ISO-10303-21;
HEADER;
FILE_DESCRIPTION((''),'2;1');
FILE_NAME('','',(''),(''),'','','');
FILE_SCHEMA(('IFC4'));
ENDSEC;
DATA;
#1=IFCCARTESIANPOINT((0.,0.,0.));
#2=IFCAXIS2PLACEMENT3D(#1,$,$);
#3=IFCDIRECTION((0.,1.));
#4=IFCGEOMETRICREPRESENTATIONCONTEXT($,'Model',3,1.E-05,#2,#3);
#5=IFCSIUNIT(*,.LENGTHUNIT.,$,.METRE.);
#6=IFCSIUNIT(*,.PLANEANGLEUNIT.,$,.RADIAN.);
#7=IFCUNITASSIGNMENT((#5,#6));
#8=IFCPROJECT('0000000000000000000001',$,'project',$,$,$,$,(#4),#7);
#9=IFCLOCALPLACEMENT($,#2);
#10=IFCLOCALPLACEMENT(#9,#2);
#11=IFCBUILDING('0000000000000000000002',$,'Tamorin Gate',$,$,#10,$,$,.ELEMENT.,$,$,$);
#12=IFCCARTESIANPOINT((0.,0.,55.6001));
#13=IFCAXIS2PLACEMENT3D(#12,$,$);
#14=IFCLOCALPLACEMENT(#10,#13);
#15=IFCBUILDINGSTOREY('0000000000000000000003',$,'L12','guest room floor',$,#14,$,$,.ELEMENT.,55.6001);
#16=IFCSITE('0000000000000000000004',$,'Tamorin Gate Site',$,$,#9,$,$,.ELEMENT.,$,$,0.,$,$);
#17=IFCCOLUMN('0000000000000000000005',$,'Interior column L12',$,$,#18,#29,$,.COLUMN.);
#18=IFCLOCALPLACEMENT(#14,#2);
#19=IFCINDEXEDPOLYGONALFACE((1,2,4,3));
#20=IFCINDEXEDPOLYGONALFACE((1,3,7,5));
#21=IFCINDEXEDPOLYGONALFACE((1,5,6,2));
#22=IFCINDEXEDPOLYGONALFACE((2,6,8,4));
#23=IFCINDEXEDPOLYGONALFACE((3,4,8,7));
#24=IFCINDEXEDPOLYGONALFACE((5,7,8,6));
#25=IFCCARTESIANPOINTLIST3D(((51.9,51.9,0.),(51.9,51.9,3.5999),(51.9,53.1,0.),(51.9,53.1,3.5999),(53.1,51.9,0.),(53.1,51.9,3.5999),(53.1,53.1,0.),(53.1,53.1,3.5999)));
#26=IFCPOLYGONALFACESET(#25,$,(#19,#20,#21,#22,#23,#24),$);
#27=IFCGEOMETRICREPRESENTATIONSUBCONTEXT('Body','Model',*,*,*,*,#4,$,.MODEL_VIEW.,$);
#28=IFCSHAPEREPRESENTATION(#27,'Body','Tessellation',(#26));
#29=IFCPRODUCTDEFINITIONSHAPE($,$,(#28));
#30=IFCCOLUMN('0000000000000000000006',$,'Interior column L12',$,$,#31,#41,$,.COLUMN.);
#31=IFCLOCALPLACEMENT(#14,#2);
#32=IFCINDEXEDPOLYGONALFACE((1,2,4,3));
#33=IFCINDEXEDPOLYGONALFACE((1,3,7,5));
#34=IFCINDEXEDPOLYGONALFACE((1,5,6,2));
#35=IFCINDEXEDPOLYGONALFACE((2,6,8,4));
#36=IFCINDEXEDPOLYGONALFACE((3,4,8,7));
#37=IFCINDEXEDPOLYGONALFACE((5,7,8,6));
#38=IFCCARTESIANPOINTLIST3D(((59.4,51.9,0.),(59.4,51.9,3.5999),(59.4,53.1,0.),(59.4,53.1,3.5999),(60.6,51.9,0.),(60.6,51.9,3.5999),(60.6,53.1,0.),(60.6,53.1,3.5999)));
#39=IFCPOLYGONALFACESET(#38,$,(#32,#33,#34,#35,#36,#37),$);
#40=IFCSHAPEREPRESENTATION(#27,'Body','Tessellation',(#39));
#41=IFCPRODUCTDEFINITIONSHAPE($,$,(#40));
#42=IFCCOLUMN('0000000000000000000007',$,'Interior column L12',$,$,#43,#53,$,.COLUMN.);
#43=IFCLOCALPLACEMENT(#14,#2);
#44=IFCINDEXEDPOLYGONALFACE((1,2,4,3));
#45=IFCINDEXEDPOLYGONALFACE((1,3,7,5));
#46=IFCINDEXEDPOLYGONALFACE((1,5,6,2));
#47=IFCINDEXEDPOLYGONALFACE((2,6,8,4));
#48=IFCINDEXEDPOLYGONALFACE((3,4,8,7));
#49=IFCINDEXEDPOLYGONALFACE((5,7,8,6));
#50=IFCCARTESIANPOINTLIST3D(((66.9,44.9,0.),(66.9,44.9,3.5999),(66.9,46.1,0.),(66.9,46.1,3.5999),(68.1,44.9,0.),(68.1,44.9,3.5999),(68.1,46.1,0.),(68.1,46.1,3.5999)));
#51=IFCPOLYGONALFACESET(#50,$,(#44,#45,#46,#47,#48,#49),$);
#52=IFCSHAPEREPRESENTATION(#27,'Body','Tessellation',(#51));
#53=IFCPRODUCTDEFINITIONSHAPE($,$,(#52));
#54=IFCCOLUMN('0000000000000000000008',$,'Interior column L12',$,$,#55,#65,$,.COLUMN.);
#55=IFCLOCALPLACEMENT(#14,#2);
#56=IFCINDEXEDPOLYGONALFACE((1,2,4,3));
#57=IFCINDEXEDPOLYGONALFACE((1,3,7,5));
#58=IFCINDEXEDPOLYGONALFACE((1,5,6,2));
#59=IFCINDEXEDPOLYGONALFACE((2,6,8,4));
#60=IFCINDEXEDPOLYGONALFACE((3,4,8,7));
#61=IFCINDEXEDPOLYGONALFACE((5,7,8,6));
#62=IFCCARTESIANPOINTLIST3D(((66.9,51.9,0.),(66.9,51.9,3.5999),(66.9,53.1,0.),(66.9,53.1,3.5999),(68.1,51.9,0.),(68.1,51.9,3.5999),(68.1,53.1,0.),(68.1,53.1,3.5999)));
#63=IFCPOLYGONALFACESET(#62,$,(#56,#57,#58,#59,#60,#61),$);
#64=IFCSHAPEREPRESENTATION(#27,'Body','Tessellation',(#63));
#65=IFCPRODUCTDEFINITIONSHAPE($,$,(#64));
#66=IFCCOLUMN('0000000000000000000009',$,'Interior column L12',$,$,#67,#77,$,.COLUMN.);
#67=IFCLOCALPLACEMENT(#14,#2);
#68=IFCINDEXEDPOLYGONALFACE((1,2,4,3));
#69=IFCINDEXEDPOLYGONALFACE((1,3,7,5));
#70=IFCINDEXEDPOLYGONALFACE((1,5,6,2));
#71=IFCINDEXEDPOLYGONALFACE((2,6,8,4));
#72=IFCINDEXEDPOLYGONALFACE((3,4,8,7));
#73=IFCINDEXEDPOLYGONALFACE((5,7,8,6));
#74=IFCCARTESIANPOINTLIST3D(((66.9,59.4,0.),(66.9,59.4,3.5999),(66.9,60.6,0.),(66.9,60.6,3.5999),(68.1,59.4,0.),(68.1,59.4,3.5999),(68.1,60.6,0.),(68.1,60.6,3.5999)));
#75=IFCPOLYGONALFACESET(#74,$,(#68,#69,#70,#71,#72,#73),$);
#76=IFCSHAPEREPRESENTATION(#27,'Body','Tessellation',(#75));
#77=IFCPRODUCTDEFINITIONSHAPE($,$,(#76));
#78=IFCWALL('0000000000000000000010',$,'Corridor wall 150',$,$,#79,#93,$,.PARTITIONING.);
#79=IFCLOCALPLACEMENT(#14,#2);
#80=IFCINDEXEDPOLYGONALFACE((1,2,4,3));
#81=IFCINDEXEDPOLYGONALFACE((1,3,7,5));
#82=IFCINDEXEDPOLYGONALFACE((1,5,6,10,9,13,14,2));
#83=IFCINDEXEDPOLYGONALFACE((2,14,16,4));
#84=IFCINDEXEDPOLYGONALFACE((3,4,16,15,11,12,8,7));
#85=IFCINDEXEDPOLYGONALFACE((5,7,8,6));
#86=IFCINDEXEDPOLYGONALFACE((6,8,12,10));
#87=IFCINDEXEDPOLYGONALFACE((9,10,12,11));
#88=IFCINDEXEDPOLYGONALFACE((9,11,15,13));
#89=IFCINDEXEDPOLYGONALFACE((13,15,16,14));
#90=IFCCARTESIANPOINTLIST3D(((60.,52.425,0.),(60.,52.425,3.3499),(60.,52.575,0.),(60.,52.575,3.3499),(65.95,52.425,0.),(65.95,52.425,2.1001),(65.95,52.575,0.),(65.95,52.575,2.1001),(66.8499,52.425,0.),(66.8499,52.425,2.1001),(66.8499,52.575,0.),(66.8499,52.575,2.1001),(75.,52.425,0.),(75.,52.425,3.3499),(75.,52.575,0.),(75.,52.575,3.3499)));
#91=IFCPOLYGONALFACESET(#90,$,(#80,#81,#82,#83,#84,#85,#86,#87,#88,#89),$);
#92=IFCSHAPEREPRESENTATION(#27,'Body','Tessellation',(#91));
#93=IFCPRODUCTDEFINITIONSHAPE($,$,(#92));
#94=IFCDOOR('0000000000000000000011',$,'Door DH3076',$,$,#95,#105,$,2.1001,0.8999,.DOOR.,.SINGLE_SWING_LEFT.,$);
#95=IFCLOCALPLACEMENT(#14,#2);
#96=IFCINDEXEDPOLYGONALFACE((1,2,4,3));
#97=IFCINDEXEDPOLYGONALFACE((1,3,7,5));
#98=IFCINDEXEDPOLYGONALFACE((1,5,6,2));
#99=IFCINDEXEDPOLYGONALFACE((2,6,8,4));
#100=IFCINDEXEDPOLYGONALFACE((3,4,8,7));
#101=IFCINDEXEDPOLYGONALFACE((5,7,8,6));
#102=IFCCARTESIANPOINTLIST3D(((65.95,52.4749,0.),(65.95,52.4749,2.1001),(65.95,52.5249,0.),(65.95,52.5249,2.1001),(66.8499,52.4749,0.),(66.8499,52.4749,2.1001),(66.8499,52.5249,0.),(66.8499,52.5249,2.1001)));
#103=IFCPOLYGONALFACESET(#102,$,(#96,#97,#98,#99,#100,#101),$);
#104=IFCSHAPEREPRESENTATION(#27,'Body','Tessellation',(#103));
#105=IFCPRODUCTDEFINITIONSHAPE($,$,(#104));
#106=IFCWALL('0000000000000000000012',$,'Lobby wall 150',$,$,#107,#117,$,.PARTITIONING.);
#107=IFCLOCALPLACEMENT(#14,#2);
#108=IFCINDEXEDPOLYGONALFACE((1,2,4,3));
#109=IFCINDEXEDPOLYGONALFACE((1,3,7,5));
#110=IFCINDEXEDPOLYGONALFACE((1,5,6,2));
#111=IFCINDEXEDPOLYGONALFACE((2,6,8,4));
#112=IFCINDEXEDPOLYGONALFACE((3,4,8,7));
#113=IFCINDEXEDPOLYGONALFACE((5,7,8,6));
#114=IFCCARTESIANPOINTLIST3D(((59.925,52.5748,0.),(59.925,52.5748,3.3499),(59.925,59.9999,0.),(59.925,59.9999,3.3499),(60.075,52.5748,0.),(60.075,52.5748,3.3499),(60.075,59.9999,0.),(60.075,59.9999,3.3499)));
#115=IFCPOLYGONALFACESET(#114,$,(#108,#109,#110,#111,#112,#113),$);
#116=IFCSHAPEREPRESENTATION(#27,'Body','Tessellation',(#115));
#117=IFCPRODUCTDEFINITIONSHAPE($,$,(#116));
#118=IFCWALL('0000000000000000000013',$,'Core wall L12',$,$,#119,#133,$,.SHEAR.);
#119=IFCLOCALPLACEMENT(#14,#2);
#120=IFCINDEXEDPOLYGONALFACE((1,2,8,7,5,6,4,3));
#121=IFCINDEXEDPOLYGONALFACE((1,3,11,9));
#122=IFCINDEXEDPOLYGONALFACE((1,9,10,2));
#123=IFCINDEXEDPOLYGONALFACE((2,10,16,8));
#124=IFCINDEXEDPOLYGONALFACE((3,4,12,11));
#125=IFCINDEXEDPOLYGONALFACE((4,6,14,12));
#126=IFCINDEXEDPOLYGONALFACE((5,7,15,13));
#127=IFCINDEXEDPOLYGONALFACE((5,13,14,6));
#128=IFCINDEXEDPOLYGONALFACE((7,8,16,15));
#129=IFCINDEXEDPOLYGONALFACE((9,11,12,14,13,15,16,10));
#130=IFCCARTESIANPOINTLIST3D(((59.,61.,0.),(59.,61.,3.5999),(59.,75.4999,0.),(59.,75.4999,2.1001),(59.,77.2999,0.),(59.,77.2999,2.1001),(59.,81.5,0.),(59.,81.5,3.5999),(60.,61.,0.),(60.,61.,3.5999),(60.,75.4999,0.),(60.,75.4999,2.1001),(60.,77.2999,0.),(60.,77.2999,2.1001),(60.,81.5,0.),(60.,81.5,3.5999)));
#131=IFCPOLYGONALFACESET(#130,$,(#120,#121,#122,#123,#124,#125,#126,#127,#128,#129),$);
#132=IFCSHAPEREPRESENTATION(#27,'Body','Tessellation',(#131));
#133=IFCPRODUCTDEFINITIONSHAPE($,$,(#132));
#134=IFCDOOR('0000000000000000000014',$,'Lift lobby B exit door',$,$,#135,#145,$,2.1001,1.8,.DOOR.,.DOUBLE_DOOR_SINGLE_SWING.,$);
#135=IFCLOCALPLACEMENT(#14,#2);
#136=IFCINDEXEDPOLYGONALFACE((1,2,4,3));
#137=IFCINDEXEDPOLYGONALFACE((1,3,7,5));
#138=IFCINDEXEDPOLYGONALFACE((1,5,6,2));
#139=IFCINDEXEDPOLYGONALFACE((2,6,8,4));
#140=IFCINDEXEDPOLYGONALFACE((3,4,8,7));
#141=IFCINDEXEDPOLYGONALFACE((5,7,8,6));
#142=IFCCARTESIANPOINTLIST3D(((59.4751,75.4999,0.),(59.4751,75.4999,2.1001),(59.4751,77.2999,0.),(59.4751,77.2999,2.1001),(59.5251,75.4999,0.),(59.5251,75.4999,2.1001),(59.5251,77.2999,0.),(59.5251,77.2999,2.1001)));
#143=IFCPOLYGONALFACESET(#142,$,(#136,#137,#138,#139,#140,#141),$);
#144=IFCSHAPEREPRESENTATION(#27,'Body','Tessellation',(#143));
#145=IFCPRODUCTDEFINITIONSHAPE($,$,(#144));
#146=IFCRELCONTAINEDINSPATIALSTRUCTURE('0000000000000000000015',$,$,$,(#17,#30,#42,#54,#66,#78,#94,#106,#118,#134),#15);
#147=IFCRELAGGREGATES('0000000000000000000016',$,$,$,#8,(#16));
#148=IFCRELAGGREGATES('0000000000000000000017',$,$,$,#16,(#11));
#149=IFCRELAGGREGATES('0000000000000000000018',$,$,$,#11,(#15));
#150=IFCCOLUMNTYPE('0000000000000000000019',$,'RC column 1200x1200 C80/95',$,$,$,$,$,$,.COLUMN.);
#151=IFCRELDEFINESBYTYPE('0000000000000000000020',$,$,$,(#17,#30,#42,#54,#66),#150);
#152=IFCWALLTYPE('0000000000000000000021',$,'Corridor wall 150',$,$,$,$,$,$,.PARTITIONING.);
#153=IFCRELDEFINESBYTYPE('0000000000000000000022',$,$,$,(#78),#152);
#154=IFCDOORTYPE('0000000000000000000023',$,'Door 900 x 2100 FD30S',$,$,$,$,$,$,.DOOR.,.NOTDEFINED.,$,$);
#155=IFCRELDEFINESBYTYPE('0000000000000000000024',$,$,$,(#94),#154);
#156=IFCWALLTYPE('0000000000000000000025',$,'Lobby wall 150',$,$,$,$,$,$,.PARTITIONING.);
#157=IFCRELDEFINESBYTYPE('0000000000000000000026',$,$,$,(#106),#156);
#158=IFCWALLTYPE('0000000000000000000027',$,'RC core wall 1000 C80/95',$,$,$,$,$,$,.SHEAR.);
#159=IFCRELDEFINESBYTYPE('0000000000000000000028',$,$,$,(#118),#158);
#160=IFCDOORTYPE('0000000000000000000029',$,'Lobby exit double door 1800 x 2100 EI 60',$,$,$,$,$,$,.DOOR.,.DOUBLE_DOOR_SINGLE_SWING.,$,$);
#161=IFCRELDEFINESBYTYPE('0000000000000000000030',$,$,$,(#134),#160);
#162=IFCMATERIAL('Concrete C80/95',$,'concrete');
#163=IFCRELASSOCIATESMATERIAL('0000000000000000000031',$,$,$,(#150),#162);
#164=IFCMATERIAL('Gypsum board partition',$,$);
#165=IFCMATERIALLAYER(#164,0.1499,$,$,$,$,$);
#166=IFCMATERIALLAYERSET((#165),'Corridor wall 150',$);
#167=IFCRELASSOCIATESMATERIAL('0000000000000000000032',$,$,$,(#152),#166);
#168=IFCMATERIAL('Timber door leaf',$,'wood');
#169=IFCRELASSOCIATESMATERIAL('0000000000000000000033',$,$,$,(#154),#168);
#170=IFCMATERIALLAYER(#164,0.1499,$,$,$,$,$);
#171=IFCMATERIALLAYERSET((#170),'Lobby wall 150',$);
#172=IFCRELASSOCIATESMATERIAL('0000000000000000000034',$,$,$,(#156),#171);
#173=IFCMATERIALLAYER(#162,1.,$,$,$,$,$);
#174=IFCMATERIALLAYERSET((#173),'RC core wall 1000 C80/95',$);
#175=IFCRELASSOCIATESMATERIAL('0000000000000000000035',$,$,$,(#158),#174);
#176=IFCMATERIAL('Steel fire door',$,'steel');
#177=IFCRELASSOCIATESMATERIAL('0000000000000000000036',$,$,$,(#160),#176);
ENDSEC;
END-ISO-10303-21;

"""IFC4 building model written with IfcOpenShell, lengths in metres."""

from ifc_helpers import new_model, si_unit, direction, frame, frame_2d, origin, origin_2d, place, context, subcontext, project, spatial, rectangle, extrude, material, layer, layer_set, material_profile, profile_set, type_object, element, fill, save


model = new_model("IFC4")

# Units and contexts
model_context = context("Model", 3, precision=1e-05, world=origin(), true_north=direction((0.0, 1.0)))
body_context = subcontext(model_context, "Body", "Model", "MODEL_VIEW")
ifc_project = project(units=[si_unit("LENGTHUNIT", "METRE"), si_unit("PLANEANGLEUNIT", "RADIAN")], contexts=[model_context])

# Site, building, storey
site_placement = place(None, origin())
site = spatial("IfcSite", under=ifc_project, at=site_placement, Name="Tamorin Gate Site", CompositionType="ELEMENT", RefElevation=0.0)
building_placement = place(site_placement, origin())
building = spatial("IfcBuilding", under=site, at=building_placement, Name="Tamorin Gate", CompositionType="ELEMENT")
storey_placement = place(building_placement, frame((0.0, 0.0, 55.6001)))
storey = spatial("IfcBuildingStorey", under=building, at=storey_placement, Name="L12", Description="guest room floor", CompositionType="ELEMENT", Elevation=55.6001)

# Columns
ifc_material_1 = material(Name="Concrete C80/95", Category="concrete")
ifc_material_profile = material_profile(ifc_material_1, rectangle(XDim=1.2, YDim=1.2, at=origin_2d()), Name="RC 1200x1200")
ifc_profile_set = profile_set([ifc_material_profile], Name="Concrete C80/95")
column_type = type_object("IfcColumnType", Name="RC column 1200x1200 C80/95", PredefinedType="COLUMN", material=ifc_profile_set)
for number, where, z_axis, x_axis, name in (
    (1, (52.5, 52.5, 0.0), (0.0, 0.0, 1.0), (1.0, 0.0, 0.0), "Interior column L12"),
    (2, (60.0, 52.5, 0.0), (0.0, 0.0, 1.0), (1.0, 0.0, 0.0), "Interior column L12"),
    (3, (67.5, 45.5, 0.0), (0.0, 0.0, 1.0), (1.0, 0.0, 0.0), "Interior column L12"),
    (4, (67.5, 52.5, 0.0), (0.0, 0.0, 1.0), (1.0, 0.0, 0.0), "Interior column L12"),
    (5, (67.5, 60.0, 0.0), (0.0, 0.0, 1.0), (1.0, 0.0, 0.0), "Interior column L12"),
):
    element("IfcColumn", number, at=place(storey_placement, frame(where, z_axis=z_axis, x_axis=x_axis)), inside=storey, type_object=column_type, Name=name, PredefinedType="COLUMN", context=body_context, shape_type="SweptSolid", body=[
        extrude(rectangle(XDim=1.2, YDim=1.2, at=origin_2d()), origin(), (0.0, 0.0, 1.0), 3.5999),
    ])

# Wall, opening, door
ifc_material_2 = material(Name="Gypsum board partition")
ifc_layer_1 = layer(ifc_material_2, 0.1499)
ifc_layer_set_1 = layer_set([ifc_layer_1], Name="Corridor wall 150")
wall_type_1 = type_object("IfcWallType", Name="Corridor wall 150", PredefinedType="PARTITIONING", material=ifc_layer_set_1)
wall_1_placement = place(storey_placement, frame((60.0, 52.5, 0.0), z_axis=(0.0, 0.0, 1.0), x_axis=(1.0, 0.0, 0.0)))
wall_1 = element("IfcWall", 6, at=wall_1_placement, inside=storey, type_object=wall_type_1, Name="Corridor wall 150", PredefinedType="PARTITIONING", context=body_context, shape_type="SweptSolid", body=[
    extrude(rectangle(XDim=15.0, YDim=0.1499, at=frame_2d((7.5, 0.0))), origin(), (0.0, 0.0, 1.0), 3.3499),
])
opening_1_placement = place(wall_1_placement, frame((5.95, 0.0, 0.0)))
opening_1 = element("IfcOpeningElement", 7, at=opening_1_placement, cuts=wall_1, PredefinedType="OPENING", context=body_context, shape_type="SweptSolid", body=[
    extrude(rectangle(XDim=0.8999, YDim=2.1001, at=frame_2d((0.45, 1.05))), frame((0.0, 0.085, 0.0), z_axis=(0.0, -1.0, 0.0), x_axis=(1.0, 0.0, 0.0)), (0.0, 0.0, 1.0), 0.1699),
])
ifc_material_3 = material(Name="Timber door leaf", Category="wood")
door_type_1 = type_object("IfcDoorType", Name="Door 900 x 2100 FD30S", OperationType="NOTDEFINED", PredefinedType="DOOR", material=ifc_material_3)
door_1_placement = place(opening_1_placement, origin())
door_1 = element("IfcDoor", 8, at=door_1_placement, inside=storey, type_object=door_type_1, Name="Door DH3076", OperationType="SINGLE_SWING_LEFT", OverallHeight=2.1001, OverallWidth=0.8999, PredefinedType="DOOR", context=body_context, shape_type="SweptSolid", body=[
    extrude(rectangle(XDim=0.8999, YDim=2.1001, at=frame_2d((0.45, 1.05))), frame((0.0, 0.0249, 0.0), z_axis=(0.0, -1.0, 0.0), x_axis=(1.0, 0.0, 0.0)), (0.0, 0.0, 1.0), 0.05),
])
fill(opening_1, door_1)

# Wall
ifc_layer_2 = layer(ifc_material_2, 0.1499)
ifc_layer_set_2 = layer_set([ifc_layer_2], Name="Lobby wall 150")
wall_type_2 = type_object("IfcWallType", Name="Lobby wall 150", PredefinedType="PARTITIONING", material=ifc_layer_set_2)
wall_2_placement = place(storey_placement, frame((60.0, 52.575, 0.0), z_axis=(0.0, 0.0, 1.0), x_axis=(0.0, 1.0, 0.0)))
element("IfcWall", 9, at=wall_2_placement, inside=storey, type_object=wall_type_2, Name="Lobby wall 150", PredefinedType="PARTITIONING", context=body_context, shape_type="SweptSolid", body=[
    extrude(rectangle(XDim=7.425, YDim=0.1499, at=frame_2d((3.7124, 0.0))), origin(), (0.0, 0.0, 1.0), 3.3499),
])

# Wall, opening, door
ifc_layer_3 = layer(ifc_material_1, 1.0)
ifc_layer_set_3 = layer_set([ifc_layer_3], Name="RC core wall 1000 C80/95")
wall_type_3 = type_object("IfcWallType", Name="RC core wall 1000 C80/95", PredefinedType="SHEAR", material=ifc_layer_set_3)
wall_3_placement = place(storey_placement, frame((59.5, 61.0, 0.0), z_axis=(0.0, 0.0, 1.0), x_axis=(0.0, 1.0, 0.0)))
wall_3 = element("IfcWall", 10, at=wall_3_placement, inside=storey, type_object=wall_type_3, Name="Core wall L12", PredefinedType="SHEAR", context=body_context, shape_type="SweptSolid", body=[
    extrude(rectangle(XDim=20.5, YDim=1.0, at=frame_2d((10.25, 0.0))), origin(), (0.0, 0.0, 1.0), 3.5999),
])
opening_2_placement = place(wall_3_placement, frame((14.5, 0.0, 0.0)))
opening_2 = element("IfcOpeningElement", 11, at=opening_2_placement, cuts=wall_3, PredefinedType="OPENING", context=body_context, shape_type="SweptSolid", body=[
    extrude(rectangle(XDim=1.8, YDim=2.1001, at=frame_2d((0.8999, 1.05))), frame((0.0, 0.51, 0.0), z_axis=(0.0, -1.0, 0.0), x_axis=(1.0, 0.0, 0.0)), (0.0, 0.0, 1.0), 1.02),
])
ifc_material_4 = material(Name="Steel fire door", Category="steel")
door_type_2 = type_object("IfcDoorType", Name="Lobby exit double door 1800 x 2100 EI 60", OperationType="DOUBLE_DOOR_SINGLE_SWING", PredefinedType="DOOR", material=ifc_material_4)
door_2_placement = place(opening_2_placement, origin())
door_2 = element("IfcDoor", 12, at=door_2_placement, inside=storey, type_object=door_type_2, Name="Lift lobby B exit door", OperationType="DOUBLE_DOOR_SINGLE_SWING", OverallHeight=2.1001, OverallWidth=1.8, PredefinedType="DOOR", context=body_context, shape_type="SweptSolid", body=[
    extrude(rectangle(XDim=1.8, YDim=2.1001, at=frame_2d((0.8999, 1.05))), frame((0.0, 0.0249, 0.0), z_axis=(0.0, -1.0, 0.0), x_axis=(1.0, 0.0, 0.0)), (0.0, 0.0, 1.0), 0.05),
])
fill(opening_2, door_2)

save(model, "model.ifc")
